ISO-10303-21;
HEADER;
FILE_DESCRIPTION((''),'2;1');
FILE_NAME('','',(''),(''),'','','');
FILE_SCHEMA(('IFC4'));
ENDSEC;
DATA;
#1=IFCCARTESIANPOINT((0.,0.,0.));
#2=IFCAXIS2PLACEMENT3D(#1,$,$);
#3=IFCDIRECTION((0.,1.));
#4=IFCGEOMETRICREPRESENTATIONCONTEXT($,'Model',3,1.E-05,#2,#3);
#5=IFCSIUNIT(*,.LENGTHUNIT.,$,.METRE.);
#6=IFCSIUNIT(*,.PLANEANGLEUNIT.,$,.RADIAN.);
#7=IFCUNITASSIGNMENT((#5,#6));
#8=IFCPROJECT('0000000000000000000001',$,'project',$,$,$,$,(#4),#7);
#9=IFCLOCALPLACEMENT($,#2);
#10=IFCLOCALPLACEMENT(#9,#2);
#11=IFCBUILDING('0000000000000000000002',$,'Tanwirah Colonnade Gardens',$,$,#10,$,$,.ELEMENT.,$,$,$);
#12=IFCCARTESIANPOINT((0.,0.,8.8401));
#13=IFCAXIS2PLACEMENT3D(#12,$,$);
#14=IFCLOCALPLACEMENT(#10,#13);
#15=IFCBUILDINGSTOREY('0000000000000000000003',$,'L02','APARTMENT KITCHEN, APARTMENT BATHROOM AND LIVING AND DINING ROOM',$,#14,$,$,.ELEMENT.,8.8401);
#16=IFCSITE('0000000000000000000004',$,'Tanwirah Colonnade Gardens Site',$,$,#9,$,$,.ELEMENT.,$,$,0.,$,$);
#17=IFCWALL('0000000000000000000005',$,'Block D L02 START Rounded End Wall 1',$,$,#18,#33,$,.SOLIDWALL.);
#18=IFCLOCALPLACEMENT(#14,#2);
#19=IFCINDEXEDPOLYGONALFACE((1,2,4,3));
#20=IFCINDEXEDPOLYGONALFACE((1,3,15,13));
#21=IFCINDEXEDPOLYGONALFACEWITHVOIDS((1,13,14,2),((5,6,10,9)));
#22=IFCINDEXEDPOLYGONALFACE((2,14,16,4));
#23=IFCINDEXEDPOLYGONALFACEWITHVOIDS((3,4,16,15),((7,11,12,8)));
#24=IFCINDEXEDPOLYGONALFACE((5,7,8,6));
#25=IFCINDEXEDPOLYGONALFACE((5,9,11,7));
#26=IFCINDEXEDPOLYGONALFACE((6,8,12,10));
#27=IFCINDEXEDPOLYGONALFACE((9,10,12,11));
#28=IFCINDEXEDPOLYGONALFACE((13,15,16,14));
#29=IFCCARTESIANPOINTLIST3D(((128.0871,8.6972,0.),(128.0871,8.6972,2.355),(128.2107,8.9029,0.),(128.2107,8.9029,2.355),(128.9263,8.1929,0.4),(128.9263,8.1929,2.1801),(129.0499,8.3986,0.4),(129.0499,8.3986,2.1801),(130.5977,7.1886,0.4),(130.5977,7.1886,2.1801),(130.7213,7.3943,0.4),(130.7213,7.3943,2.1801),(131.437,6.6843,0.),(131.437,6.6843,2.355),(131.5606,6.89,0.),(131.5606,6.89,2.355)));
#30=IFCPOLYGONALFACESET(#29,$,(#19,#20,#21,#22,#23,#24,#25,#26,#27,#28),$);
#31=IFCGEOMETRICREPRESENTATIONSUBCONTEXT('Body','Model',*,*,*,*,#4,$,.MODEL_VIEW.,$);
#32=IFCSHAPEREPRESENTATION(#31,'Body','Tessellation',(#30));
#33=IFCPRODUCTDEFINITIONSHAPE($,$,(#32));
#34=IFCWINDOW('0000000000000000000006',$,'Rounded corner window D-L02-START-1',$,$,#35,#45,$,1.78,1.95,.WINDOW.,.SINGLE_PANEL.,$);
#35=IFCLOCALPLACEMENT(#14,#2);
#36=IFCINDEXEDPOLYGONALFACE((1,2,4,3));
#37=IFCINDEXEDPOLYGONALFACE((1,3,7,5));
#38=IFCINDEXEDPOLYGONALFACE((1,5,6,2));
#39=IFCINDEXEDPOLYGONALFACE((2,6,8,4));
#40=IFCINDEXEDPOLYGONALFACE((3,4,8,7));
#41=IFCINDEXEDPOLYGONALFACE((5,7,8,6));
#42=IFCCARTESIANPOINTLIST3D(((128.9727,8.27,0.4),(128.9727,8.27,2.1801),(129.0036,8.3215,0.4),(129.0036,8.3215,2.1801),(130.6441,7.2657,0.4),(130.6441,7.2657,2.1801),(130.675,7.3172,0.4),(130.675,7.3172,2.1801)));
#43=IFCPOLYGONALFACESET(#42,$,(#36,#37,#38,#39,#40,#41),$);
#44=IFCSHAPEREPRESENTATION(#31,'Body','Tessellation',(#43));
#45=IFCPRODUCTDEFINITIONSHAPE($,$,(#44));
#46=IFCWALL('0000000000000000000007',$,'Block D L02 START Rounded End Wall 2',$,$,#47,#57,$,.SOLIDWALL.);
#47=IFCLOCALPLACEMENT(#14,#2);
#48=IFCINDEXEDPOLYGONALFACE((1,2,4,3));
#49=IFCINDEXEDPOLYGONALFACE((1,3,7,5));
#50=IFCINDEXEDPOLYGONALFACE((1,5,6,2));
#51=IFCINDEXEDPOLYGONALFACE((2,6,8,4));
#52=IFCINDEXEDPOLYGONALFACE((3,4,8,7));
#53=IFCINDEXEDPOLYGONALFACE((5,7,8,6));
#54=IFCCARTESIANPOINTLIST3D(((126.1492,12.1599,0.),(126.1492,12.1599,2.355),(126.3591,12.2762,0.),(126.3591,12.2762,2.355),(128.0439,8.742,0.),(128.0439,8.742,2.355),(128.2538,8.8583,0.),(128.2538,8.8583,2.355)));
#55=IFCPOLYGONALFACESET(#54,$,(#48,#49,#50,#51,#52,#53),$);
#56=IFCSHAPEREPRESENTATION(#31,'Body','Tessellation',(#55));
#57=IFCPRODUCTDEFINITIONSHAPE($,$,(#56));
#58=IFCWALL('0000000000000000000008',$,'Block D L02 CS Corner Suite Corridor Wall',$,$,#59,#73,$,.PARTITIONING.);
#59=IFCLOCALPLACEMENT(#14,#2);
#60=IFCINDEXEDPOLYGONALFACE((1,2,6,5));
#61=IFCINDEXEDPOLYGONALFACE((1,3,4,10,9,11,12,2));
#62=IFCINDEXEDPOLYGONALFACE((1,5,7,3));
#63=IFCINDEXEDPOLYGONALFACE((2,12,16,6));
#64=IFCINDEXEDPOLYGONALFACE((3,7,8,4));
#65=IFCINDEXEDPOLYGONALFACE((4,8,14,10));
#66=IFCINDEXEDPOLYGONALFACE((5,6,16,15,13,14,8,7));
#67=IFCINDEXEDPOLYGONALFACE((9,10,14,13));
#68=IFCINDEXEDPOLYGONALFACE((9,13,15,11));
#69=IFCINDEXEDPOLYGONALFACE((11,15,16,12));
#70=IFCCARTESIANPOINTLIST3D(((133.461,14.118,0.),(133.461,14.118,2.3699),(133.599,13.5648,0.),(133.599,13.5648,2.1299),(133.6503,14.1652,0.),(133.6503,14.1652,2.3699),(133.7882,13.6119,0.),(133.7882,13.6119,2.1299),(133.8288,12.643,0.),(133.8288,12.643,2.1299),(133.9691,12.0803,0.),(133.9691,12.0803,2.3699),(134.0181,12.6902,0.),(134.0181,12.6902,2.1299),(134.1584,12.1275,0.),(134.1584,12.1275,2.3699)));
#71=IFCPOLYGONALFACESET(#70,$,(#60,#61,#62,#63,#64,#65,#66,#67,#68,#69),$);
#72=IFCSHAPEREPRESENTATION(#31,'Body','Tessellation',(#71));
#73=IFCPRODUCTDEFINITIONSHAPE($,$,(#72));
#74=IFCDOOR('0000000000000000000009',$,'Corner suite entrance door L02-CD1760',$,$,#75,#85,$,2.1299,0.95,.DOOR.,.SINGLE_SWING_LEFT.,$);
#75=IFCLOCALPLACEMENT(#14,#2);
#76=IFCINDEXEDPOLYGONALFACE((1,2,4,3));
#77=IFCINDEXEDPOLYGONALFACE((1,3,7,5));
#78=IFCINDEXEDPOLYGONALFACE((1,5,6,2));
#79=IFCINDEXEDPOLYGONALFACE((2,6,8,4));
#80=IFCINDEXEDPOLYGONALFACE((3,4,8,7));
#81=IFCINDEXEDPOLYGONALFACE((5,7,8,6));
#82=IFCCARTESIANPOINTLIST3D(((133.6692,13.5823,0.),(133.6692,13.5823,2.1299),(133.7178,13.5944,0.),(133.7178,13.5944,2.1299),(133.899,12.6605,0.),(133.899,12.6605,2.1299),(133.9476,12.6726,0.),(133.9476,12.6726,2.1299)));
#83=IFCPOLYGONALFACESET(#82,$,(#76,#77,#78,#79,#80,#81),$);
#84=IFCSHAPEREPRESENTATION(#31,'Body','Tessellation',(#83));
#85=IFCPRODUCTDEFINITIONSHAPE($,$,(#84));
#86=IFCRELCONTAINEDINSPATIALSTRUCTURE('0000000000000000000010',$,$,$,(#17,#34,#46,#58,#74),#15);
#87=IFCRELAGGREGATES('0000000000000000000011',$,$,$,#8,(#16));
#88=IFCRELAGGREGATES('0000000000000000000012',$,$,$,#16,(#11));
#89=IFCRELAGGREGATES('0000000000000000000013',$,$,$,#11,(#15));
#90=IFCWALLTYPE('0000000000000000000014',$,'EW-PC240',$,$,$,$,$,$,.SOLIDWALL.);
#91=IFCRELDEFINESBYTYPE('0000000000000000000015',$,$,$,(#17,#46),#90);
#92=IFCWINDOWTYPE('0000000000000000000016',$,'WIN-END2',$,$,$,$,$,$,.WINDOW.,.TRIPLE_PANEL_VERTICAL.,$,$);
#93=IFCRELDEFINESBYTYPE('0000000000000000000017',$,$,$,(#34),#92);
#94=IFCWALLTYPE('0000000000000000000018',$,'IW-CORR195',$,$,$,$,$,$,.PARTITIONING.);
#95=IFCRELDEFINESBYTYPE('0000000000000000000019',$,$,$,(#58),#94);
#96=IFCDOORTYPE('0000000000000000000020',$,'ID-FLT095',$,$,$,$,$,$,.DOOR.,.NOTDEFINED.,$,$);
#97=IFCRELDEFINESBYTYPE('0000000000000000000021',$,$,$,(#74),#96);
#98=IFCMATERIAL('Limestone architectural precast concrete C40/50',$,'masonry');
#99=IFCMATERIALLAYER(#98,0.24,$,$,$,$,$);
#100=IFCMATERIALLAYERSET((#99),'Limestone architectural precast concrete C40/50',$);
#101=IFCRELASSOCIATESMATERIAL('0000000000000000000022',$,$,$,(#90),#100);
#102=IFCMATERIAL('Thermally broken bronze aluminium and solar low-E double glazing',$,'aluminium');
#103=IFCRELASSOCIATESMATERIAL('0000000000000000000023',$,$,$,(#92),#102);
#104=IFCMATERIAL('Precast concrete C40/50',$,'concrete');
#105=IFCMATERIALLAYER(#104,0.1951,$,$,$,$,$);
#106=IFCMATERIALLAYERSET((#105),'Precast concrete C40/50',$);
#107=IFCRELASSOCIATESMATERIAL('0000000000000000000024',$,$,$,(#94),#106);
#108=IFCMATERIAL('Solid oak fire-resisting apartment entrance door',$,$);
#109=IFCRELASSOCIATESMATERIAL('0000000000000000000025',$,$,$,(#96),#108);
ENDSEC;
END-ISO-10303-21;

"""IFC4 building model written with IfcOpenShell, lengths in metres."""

from ifc_helpers import new_model, si_unit, direction, frame, frame_2d, origin, place, context, subcontext, project, spatial, rectangle, extrude, material, layer, layer_set, type_object, element, fill, save


model = new_model("IFC4")

# Units and contexts
model_context = context("Model", 3, precision=1e-05, world=origin(), true_north=direction((0.0, 1.0)))
body_context = subcontext(model_context, "Body", "Model", "MODEL_VIEW")
ifc_project = project(units=[si_unit("LENGTHUNIT", "METRE"), si_unit("PLANEANGLEUNIT", "RADIAN")], contexts=[model_context])

# Site, building, storey
site_placement = place(None, origin())
site = spatial("IfcSite", under=ifc_project, at=site_placement, Name="Tanwirah Colonnade Gardens Site", CompositionType="ELEMENT", RefElevation=0.0)
building_placement = place(site_placement, origin())
building = spatial("IfcBuilding", under=site, at=building_placement, Name="Tanwirah Colonnade Gardens", CompositionType="ELEMENT")
storey_placement = place(building_placement, frame((0.0, 0.0, 8.8401)))
storey = spatial("IfcBuildingStorey", under=building, at=storey_placement, Name="L02", Description="APARTMENT KITCHEN, APARTMENT BATHROOM AND LIVING AND DINING ROOM", CompositionType="ELEMENT", Elevation=8.8401)

# Shared definitions
ifc_material_1 = material(Name="Precast concrete C40/50", Category="concrete")

# Wall, opening, window
ifc_material_2 = material(Name="Limestone architectural precast concrete C40/50", Category="masonry")
ifc_layer_1 = layer(ifc_material_2, 0.24)
ifc_layer_set_1 = layer_set([ifc_layer_1], Name="Limestone architectural precast concrete C40/50")
wall_type_1 = type_object("IfcWallType", Name="EW-PC240", PredefinedType="SOLIDWALL", material=ifc_layer_set_1)
ifc_material_3 = material(Name="Thermally broken bronze aluminium and solar low-E double glazing", Category="aluminium")
wall_1_placement = place(storey_placement, frame((131.4988, 6.7871, 0.0), z_axis=(0.0, 0.0, 1.0), x_axis=(-0.857151, 0.515065, 0.0)))
wall_1 = element("IfcWall", 1, at=wall_1_placement, inside=storey, type_object=wall_type_1, Name="Block D L02 START Rounded End Wall 1", PredefinedType="SOLIDWALL", context=body_context, shape_type="SweptSolid", body=[
    extrude(rectangle(XDim=3.9082, YDim=0.24, at=frame_2d((1.9541, 0.0))), origin(), (0.0, 0.0, 1.0), 2.355),
])
opening_1_placement = place(wall_1_placement, frame((0.979, 0.0, 0.3999)))
opening_1 = element("IfcOpeningElement", 2, at=opening_1_placement, cuts=wall_1, PredefinedType="OPENING", context=body_context, shape_type="SweptSolid", body=[
    extrude(rectangle(XDim=1.95, YDim=1.78, at=frame_2d((0.9751, 0.8901))), frame((0.0, 0.1299, 0.0), z_axis=(0.0, -1.0, 0.0), x_axis=(1.0, 0.0, 0.0)), (0.0, 0.0, 1.0), 0.26),
])
window_type_1 = type_object("IfcWindowType", Name="WIN-END2", PartitioningType="TRIPLE_PANEL_VERTICAL", PredefinedType="WINDOW", material=ifc_material_3)
window_1_placement = place(opening_1_placement, origin())
window_1 = element("IfcWindow", 3, at=window_1_placement, inside=storey, type_object=window_type_1, Name="Rounded corner window D-L02-START-1", OverallHeight=1.78, OverallWidth=1.95, PartitioningType="SINGLE_PANEL", PredefinedType="WINDOW", context=body_context, shape_type="SweptSolid", body=[
    extrude(rectangle(XDim=1.95, YDim=1.78, at=frame_2d((0.9751, 0.8901))), frame((0.0, 0.03, 0.0), z_axis=(0.0, -1.0, 0.0), x_axis=(1.0, 0.0, 0.0)), (0.0, 0.0, 1.0), 0.0601),
])
fill(opening_1, window_1)

# Wall
wall_2_placement = place(storey_placement, frame((128.1489, 8.8, 0.0), z_axis=(0.0, 0.0, 1.0), x_axis=(-0.484842, 0.874602, 0.0)))
element("IfcWall", 4, at=wall_2_placement, inside=storey, type_object=wall_type_1, Name="Block D L02 START Rounded End Wall 2", PredefinedType="SOLIDWALL", context=body_context, shape_type="SweptSolid", body=[
    extrude(rectangle(XDim=3.908, YDim=0.24, at=frame_2d((1.9541, 0.0))), origin(), (0.0, 0.0, 1.0), 2.355),
])

# Wall, opening, door
ifc_layer_2 = layer(ifc_material_1, 0.1951)
ifc_layer_set_2 = layer_set([ifc_layer_2], Name="Precast concrete C40/50")
wall_type_2 = type_object("IfcWallType", Name="IW-CORR195", PredefinedType="PARTITIONING", material=ifc_layer_set_2)
ifc_material_4 = material(Name="Solid oak fire-resisting apartment entrance door")
wall_3_placement = place(storey_placement, frame((133.5557, 14.1416, 0.0), z_axis=(0.0, 0.0, 1.0), x_axis=(0.241934, -0.970293, 0.0)))
wall_3 = element("IfcWall", 5, at=wall_3_placement, inside=storey, type_object=wall_type_2, Name="Block D L02 CS Corner Suite Corridor Wall", PredefinedType="PARTITIONING", context=body_context, shape_type="SweptSolid", body=[
    extrude(rectangle(XDim=2.1001, YDim=0.1951, at=frame_2d((1.05, 0.0))), origin(), (0.0, 0.0, 1.0), 2.3699),
])
opening_2_placement = place(wall_3_placement, frame((0.5701, 0.0, 0.0)))
opening_2 = element("IfcOpeningElement", 6, at=opening_2_placement, cuts=wall_3, PredefinedType="OPENING", context=body_context, shape_type="SweptSolid", body=[
    extrude(rectangle(XDim=0.95, YDim=2.1299, at=frame_2d((0.4751, 1.0649))), frame((0.0, 0.1074, 0.0), z_axis=(0.0, -1.0, 0.0), x_axis=(1.0, 0.0, 0.0)), (0.0, 0.0, 1.0), 0.2151),
])
door_type_1 = type_object("IfcDoorType", Name="ID-FLT095", OperationType="NOTDEFINED", PredefinedType="DOOR", material=ifc_material_4)
door_1_placement = place(opening_2_placement, origin())
door_1 = element("IfcDoor", 7, at=door_1_placement, inside=storey, type_object=door_type_1, Name="Corner suite entrance door L02-CD1760", OperationType="SINGLE_SWING_LEFT", OverallHeight=2.1299, OverallWidth=0.95, PredefinedType="DOOR", context=body_context, shape_type="SweptSolid", body=[
    extrude(rectangle(XDim=0.95, YDim=2.1299, at=frame_2d((0.4751, 1.0649))), frame((0.0, 0.0249, 0.0), z_axis=(0.0, -1.0, 0.0), x_axis=(1.0, 0.0, 0.0)), (0.0, 0.0, 1.0), 0.05),
])
fill(opening_2, door_1)

save(model, "model.ifc")
